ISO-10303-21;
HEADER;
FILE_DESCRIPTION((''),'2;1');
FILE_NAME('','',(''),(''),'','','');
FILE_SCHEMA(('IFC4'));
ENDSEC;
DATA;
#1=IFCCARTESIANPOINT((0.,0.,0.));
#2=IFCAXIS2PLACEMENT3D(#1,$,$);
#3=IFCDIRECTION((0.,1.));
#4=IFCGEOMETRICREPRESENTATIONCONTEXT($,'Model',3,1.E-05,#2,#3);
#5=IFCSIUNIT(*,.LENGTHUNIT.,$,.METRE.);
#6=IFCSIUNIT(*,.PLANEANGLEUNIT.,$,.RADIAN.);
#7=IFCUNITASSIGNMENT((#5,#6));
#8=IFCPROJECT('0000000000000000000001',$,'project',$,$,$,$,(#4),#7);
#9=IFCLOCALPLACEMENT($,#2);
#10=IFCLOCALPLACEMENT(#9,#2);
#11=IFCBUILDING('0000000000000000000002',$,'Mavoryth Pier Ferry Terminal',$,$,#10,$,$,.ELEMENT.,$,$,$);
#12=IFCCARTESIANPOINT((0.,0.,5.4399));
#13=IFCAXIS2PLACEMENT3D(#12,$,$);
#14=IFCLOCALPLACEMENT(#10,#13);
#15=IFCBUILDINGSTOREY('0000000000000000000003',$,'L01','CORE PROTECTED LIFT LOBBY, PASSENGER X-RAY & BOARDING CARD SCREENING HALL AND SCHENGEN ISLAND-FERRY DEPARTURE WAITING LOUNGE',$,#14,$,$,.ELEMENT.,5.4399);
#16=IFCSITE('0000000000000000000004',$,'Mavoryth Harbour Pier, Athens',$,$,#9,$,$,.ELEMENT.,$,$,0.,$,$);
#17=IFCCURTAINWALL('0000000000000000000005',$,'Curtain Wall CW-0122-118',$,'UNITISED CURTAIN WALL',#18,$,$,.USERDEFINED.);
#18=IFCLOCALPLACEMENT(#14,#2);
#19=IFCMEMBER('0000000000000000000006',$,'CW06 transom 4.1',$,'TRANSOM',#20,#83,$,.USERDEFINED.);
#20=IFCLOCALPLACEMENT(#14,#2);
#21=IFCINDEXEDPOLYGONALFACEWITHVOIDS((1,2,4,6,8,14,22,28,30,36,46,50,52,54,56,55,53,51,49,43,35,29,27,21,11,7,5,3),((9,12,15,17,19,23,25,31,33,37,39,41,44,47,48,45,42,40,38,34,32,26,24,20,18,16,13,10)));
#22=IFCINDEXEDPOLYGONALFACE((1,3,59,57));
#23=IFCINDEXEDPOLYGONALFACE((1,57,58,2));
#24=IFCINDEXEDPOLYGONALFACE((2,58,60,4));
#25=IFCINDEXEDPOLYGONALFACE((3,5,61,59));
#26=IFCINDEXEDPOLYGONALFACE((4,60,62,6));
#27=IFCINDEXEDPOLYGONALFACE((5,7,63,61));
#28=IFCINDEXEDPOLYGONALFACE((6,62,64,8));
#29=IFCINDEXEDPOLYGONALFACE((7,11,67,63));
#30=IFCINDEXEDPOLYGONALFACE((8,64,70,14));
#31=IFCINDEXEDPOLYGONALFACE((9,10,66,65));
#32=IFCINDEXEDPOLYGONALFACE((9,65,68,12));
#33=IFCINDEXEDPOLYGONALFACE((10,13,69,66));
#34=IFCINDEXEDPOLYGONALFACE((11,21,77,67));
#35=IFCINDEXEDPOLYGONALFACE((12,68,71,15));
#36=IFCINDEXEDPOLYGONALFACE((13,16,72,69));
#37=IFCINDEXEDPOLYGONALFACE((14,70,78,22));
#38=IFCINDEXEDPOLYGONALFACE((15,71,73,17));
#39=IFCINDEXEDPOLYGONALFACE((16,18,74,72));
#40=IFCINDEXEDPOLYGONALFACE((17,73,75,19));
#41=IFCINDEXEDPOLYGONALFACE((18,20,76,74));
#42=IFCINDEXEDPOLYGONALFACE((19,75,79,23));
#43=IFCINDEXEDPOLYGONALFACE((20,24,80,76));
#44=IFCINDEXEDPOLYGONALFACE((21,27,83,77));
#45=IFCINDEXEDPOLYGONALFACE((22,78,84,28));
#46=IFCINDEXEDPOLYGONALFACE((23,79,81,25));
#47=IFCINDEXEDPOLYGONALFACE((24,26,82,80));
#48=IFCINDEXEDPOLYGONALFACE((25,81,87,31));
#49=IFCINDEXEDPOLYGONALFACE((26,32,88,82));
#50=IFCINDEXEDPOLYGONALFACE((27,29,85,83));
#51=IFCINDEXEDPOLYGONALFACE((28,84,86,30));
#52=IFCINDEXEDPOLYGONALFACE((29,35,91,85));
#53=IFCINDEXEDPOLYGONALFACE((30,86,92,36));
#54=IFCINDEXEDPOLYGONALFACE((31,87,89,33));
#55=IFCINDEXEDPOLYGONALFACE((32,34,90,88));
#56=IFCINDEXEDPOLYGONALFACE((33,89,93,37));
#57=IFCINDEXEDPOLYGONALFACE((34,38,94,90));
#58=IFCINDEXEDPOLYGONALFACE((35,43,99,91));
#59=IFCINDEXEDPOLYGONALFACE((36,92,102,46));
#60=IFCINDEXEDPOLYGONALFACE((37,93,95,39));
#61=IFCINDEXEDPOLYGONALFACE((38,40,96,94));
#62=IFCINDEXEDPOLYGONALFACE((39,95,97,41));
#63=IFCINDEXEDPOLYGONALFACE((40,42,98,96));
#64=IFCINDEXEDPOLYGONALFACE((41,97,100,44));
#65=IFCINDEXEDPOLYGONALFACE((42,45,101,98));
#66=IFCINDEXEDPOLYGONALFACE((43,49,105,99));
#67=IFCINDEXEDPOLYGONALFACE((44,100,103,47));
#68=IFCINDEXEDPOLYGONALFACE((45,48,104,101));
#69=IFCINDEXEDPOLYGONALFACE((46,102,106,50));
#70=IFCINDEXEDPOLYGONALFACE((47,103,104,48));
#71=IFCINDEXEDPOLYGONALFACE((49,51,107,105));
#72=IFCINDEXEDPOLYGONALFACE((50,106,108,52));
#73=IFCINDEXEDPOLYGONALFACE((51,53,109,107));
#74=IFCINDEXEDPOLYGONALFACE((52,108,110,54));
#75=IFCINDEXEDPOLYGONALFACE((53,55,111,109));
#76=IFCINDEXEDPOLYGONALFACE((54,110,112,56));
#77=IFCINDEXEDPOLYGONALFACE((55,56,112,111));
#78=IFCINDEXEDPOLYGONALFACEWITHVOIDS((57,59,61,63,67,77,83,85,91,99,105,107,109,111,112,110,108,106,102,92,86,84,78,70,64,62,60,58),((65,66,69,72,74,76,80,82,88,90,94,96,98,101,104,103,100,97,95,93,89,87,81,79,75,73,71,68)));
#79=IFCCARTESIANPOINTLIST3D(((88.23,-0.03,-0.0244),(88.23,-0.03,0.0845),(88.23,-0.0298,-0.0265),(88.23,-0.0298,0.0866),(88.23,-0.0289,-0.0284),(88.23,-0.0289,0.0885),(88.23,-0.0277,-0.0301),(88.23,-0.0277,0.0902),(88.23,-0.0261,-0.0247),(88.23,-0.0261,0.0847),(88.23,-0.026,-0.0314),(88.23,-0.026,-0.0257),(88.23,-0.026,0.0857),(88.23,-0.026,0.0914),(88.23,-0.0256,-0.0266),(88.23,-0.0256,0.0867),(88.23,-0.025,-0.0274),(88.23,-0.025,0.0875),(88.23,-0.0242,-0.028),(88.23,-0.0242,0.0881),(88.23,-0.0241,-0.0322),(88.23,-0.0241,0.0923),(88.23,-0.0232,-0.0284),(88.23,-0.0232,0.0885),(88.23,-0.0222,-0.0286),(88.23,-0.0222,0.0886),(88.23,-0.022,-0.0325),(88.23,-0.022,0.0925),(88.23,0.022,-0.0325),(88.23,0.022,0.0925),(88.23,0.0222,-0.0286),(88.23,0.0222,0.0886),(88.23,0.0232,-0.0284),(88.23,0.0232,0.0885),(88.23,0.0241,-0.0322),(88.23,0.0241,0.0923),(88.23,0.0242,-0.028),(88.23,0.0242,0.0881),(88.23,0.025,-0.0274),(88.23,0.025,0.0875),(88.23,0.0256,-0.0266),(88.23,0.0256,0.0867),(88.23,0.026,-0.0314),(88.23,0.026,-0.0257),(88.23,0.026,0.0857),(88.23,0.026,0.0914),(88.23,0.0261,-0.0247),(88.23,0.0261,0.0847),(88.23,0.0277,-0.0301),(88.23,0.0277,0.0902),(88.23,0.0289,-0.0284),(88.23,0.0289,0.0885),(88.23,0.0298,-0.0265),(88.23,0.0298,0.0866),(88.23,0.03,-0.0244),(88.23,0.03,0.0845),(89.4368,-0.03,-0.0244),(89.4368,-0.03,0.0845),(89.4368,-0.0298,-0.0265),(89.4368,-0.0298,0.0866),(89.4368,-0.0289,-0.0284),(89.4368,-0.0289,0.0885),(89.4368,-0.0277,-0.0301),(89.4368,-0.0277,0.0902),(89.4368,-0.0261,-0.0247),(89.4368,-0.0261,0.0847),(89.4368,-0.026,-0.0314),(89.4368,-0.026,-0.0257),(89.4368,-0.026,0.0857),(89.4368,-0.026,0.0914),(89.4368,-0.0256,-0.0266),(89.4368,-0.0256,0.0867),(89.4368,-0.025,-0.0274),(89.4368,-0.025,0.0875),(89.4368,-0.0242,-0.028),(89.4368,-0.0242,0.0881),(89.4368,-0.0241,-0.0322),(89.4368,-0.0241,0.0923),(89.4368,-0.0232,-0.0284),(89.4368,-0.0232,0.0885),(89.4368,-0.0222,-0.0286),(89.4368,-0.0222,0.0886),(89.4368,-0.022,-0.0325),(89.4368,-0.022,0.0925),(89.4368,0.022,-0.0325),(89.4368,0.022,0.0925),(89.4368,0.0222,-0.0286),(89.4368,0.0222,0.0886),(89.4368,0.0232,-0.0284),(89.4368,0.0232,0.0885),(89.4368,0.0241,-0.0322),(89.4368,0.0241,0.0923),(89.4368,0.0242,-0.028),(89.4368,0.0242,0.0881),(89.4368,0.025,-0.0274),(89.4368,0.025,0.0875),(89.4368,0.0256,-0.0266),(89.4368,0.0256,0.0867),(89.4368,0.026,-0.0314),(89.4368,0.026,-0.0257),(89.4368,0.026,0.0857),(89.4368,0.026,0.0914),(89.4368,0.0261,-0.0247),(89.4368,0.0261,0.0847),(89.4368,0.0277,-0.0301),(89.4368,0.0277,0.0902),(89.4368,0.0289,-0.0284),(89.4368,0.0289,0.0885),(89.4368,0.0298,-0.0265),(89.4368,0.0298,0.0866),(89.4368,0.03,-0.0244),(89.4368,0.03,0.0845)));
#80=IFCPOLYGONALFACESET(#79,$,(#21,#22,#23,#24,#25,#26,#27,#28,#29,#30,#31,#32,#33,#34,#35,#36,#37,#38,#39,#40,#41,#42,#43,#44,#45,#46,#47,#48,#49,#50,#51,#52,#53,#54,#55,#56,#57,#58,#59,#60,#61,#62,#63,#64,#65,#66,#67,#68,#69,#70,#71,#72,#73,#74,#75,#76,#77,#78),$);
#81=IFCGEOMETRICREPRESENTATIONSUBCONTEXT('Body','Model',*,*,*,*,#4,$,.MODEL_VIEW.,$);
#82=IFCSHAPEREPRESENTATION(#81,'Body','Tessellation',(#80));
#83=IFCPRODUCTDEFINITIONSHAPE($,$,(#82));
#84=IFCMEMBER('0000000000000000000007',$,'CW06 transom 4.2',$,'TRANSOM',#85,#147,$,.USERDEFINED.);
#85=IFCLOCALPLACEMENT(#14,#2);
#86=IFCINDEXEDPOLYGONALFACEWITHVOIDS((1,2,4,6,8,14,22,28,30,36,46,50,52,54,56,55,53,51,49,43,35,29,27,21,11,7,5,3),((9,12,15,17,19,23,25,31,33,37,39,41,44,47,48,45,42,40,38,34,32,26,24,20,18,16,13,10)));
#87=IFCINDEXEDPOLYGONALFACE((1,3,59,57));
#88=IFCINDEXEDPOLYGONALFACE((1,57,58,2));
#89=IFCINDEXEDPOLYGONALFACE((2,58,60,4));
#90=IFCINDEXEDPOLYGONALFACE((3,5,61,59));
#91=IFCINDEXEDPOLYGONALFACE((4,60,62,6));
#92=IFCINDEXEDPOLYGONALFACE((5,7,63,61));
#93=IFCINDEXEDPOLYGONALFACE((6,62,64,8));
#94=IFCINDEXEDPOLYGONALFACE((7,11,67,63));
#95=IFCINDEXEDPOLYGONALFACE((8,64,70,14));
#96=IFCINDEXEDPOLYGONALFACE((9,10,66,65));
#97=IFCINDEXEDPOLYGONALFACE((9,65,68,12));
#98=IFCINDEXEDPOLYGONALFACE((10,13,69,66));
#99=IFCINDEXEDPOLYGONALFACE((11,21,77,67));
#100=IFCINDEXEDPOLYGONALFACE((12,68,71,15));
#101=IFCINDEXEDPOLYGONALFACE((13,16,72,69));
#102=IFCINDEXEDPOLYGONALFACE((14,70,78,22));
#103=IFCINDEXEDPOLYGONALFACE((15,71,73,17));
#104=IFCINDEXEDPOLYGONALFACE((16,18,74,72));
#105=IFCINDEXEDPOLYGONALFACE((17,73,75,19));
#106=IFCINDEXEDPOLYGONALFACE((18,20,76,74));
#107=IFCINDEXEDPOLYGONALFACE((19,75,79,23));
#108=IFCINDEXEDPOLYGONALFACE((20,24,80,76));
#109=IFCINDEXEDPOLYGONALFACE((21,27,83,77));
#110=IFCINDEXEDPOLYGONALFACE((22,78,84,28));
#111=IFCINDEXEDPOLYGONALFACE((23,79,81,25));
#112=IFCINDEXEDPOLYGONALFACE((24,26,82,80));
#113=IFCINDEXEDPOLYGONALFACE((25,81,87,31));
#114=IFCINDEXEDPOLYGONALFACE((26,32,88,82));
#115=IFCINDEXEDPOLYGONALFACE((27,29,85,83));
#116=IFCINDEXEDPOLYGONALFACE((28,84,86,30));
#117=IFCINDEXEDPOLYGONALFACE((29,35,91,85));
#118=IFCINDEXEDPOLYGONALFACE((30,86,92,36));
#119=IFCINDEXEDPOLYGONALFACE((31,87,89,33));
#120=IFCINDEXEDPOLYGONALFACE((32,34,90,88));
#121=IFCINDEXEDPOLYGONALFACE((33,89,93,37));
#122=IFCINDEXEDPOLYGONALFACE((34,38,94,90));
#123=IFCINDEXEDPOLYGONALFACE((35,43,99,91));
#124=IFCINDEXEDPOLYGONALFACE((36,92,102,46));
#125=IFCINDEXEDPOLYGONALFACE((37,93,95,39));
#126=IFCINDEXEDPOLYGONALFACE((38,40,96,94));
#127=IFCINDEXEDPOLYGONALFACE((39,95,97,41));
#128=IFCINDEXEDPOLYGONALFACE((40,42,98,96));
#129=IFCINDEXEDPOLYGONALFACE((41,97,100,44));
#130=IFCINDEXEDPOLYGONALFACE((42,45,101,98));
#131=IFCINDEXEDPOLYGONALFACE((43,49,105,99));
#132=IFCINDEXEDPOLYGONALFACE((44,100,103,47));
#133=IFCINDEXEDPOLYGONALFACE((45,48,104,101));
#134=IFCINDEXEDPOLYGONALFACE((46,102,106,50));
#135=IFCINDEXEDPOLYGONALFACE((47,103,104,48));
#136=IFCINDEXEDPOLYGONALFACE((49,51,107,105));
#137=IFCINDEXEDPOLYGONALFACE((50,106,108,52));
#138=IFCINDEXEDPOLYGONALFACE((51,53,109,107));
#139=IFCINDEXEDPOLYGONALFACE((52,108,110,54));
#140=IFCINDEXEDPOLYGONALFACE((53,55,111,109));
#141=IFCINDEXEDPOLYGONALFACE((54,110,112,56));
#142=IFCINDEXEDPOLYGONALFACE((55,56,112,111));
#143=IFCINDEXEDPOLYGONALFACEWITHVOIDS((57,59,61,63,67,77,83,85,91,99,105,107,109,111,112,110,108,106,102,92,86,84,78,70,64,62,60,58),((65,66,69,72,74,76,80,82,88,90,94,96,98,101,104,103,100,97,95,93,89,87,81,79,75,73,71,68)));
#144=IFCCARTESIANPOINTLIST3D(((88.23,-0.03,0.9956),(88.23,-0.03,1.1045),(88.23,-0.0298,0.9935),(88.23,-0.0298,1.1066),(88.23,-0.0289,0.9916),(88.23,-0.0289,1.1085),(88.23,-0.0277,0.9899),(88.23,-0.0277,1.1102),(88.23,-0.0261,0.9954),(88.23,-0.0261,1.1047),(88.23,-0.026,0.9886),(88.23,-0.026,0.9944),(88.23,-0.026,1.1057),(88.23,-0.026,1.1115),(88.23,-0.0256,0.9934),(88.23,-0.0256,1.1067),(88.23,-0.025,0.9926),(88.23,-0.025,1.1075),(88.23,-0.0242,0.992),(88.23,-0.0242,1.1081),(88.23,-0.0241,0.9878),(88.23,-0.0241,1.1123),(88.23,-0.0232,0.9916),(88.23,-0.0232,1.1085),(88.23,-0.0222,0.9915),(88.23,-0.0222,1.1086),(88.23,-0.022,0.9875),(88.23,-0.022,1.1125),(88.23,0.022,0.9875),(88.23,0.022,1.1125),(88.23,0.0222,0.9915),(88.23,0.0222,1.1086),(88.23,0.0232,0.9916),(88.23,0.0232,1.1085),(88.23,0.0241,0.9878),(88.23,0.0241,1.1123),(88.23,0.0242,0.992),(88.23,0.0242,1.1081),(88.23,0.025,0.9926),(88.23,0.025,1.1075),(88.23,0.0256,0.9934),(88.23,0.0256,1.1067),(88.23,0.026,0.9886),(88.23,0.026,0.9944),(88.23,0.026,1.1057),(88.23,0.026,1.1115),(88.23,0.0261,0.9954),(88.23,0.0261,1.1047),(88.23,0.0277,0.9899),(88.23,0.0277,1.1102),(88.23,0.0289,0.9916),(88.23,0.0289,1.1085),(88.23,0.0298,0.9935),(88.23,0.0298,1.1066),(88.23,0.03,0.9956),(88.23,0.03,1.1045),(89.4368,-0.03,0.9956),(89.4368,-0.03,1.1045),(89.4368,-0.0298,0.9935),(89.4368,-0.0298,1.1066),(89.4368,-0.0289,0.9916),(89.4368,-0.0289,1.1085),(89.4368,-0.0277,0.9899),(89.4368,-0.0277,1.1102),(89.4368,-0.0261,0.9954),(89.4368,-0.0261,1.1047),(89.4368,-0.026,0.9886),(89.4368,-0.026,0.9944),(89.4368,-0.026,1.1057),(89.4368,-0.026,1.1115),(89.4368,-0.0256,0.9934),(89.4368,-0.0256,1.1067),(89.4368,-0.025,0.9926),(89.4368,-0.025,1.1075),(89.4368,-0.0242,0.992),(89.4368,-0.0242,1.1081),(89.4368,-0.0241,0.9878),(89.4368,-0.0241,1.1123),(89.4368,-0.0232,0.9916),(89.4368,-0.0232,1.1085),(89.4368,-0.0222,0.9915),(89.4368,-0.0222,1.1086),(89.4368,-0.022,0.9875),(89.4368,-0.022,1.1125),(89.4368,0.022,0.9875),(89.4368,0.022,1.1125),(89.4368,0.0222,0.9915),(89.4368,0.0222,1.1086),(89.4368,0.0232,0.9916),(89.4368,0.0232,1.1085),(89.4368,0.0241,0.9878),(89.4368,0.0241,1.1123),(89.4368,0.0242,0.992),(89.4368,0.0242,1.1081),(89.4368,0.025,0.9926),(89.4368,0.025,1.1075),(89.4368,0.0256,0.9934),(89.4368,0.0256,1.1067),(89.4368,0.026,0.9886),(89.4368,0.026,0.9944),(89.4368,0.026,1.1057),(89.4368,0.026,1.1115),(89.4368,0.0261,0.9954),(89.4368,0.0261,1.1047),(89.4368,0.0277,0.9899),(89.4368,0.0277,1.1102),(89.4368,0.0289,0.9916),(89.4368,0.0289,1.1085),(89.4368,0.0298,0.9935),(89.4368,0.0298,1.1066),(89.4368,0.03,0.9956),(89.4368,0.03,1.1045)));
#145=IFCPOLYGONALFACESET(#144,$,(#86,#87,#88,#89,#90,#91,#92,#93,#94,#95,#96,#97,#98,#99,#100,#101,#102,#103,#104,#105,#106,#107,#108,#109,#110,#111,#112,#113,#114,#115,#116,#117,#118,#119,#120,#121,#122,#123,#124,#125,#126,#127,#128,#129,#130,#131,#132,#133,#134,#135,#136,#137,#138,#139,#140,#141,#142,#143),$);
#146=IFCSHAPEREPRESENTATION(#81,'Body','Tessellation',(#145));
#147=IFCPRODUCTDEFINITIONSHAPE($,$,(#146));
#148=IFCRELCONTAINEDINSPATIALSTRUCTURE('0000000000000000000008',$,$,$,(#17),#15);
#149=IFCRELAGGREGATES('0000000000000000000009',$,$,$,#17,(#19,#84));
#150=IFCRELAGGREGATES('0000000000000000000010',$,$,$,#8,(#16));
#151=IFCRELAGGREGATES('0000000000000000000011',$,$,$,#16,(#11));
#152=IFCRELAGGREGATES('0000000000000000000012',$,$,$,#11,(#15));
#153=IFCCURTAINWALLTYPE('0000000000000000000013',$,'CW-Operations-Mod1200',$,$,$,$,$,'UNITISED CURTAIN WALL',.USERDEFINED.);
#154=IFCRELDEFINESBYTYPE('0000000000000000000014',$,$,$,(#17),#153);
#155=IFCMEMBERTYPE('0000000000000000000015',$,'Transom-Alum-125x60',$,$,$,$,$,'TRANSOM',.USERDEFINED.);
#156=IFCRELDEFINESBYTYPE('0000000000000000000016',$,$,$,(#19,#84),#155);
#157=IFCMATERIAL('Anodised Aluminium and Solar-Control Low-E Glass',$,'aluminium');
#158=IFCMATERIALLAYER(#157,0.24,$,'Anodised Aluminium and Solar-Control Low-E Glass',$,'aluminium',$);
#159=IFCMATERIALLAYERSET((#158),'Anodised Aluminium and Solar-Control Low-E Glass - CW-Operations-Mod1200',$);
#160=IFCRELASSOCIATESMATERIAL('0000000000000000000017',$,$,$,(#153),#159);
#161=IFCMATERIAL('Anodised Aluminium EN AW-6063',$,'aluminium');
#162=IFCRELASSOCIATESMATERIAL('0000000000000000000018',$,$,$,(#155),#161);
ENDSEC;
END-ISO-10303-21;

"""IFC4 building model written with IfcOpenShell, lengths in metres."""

from ifc_helpers import new_model, si_unit, direction, frame, origin, origin_2d, place, context, subcontext, project, spatial, hollow_rectangle, extrude, material, layer, layer_set, material_profile, profile_set, type_object, element, aggregate, save


model = new_model("IFC4")

# Units and contexts
model_context = context("Model", 3, precision=1e-05, world=origin(), true_north=direction((0.0, 1.0)))
body_context = subcontext(model_context, "Body", "Model", "MODEL_VIEW")
ifc_project = project(units=[si_unit("LENGTHUNIT", "METRE"), si_unit("PLANEANGLEUNIT", "RADIAN")], contexts=[model_context])

# Site, building, storey
site_placement = place(None, origin())
site = spatial("IfcSite", under=ifc_project, at=site_placement, Name="Mavoryth Harbour Pier, Athens", CompositionType="ELEMENT", RefElevation=0.0)
building_placement = place(site_placement, origin())
building = spatial("IfcBuilding", under=site, at=building_placement, Name="Mavoryth Pier Ferry Terminal", CompositionType="ELEMENT")
storey_placement = place(building_placement, frame((0.0, 0.0, 5.4399)))
storey = spatial("IfcBuildingStorey", under=building, at=storey_placement, Name="L01", Description="CORE PROTECTED LIFT LOBBY, PASSENGER X-RAY & BOARDING CARD SCREENING HALL AND SCHENGEN ISLAND-FERRY DEPARTURE WAITING LOUNGE", CompositionType="ELEMENT", Elevation=5.4399)

# Curtain wall
ifc_material_1 = material(Name="Anodised Aluminium and Solar-Control Low-E Glass", Category="aluminium")
ifc_layer_1 = layer(ifc_material_1, 0.24, Name="Anodised Aluminium and Solar-Control Low-E Glass", Category="aluminium")
ifc_layer_set_1 = layer_set([ifc_layer_1], Name="Anodised Aluminium and Solar-Control Low-E Glass - CW-Operations-Mod1200")
curtain_wall_type = type_object("IfcCurtainWallType", Name="CW-Operations-Mod1200", ElementType="UNITISED CURTAIN WALL", PredefinedType="USERDEFINED", material=ifc_layer_set_1)
curtain_wall_1_placement = place(storey_placement, origin())
curtain_wall_1 = element("IfcCurtainWall", 1, at=curtain_wall_1_placement, inside=storey, type_object=curtain_wall_type, Name="Curtain Wall CW-0122-118", ObjectType="UNITISED CURTAIN WALL", PredefinedType="USERDEFINED")
ifc_material_2 = material(Name="Anodised Aluminium EN AW-6063", Category="aluminium")

# Members
ifc_material_profile_1 = material_profile(ifc_material_2, hollow_rectangle(XDim=0.0601, YDim=0.125, WallThickness=0.0039, InnerFilletRadius=0.0039, OuterFilletRadius=0.0081, at=origin_2d()), Name="AL-TRAN 125x60x4", Category="aluminium")
ifc_profile_set_1 = profile_set([ifc_material_profile_1], Name="Anodised Aluminium EN AW-6063 - AL-TRAN 125x60x4")
member_type_1 = type_object("IfcMemberType", Name="Transom-Alum-125x60", ElementType="TRANSOM", PredefinedType="USERDEFINED", material=ifc_profile_set_1)
member_1_placement = place(storey_placement, frame((88.23, 0.0, 0.03), z_axis=(1.0, 0.0, 0.0), x_axis=(0.0, 1.0, 0.0)))
member_1 = element("IfcMember", 2, at=member_1_placement, type_object=member_type_1, Name="CW06 transom 4.1", ObjectType="TRANSOM", PredefinedType="USERDEFINED", context=body_context, shape_type="SweptSolid", body=[
    extrude(hollow_rectangle(XDim=0.0601, YDim=0.125, WallThickness=0.0039, InnerFilletRadius=0.0039, OuterFilletRadius=0.0081, at=origin_2d()), origin(), (0.0, 0.0, 1.0), 1.2068),
])
member_2_placement = place(storey_placement, frame((88.23, 0.0, 1.05), z_axis=(1.0, 0.0, 0.0), x_axis=(0.0, 1.0, 0.0)))
member_2 = element("IfcMember", 3, at=member_2_placement, type_object=member_type_1, Name="CW06 transom 4.2", ObjectType="TRANSOM", PredefinedType="USERDEFINED", context=body_context, shape_type="SweptSolid", body=[
    extrude(hollow_rectangle(XDim=0.0601, YDim=0.125, WallThickness=0.0039, InnerFilletRadius=0.0039, OuterFilletRadius=0.0081, at=origin_2d()), origin(), (0.0, 0.0, 1.0), 1.2068),
])

aggregate(curtain_wall_1, [member_1, member_2])

save(model, "model.ifc")
